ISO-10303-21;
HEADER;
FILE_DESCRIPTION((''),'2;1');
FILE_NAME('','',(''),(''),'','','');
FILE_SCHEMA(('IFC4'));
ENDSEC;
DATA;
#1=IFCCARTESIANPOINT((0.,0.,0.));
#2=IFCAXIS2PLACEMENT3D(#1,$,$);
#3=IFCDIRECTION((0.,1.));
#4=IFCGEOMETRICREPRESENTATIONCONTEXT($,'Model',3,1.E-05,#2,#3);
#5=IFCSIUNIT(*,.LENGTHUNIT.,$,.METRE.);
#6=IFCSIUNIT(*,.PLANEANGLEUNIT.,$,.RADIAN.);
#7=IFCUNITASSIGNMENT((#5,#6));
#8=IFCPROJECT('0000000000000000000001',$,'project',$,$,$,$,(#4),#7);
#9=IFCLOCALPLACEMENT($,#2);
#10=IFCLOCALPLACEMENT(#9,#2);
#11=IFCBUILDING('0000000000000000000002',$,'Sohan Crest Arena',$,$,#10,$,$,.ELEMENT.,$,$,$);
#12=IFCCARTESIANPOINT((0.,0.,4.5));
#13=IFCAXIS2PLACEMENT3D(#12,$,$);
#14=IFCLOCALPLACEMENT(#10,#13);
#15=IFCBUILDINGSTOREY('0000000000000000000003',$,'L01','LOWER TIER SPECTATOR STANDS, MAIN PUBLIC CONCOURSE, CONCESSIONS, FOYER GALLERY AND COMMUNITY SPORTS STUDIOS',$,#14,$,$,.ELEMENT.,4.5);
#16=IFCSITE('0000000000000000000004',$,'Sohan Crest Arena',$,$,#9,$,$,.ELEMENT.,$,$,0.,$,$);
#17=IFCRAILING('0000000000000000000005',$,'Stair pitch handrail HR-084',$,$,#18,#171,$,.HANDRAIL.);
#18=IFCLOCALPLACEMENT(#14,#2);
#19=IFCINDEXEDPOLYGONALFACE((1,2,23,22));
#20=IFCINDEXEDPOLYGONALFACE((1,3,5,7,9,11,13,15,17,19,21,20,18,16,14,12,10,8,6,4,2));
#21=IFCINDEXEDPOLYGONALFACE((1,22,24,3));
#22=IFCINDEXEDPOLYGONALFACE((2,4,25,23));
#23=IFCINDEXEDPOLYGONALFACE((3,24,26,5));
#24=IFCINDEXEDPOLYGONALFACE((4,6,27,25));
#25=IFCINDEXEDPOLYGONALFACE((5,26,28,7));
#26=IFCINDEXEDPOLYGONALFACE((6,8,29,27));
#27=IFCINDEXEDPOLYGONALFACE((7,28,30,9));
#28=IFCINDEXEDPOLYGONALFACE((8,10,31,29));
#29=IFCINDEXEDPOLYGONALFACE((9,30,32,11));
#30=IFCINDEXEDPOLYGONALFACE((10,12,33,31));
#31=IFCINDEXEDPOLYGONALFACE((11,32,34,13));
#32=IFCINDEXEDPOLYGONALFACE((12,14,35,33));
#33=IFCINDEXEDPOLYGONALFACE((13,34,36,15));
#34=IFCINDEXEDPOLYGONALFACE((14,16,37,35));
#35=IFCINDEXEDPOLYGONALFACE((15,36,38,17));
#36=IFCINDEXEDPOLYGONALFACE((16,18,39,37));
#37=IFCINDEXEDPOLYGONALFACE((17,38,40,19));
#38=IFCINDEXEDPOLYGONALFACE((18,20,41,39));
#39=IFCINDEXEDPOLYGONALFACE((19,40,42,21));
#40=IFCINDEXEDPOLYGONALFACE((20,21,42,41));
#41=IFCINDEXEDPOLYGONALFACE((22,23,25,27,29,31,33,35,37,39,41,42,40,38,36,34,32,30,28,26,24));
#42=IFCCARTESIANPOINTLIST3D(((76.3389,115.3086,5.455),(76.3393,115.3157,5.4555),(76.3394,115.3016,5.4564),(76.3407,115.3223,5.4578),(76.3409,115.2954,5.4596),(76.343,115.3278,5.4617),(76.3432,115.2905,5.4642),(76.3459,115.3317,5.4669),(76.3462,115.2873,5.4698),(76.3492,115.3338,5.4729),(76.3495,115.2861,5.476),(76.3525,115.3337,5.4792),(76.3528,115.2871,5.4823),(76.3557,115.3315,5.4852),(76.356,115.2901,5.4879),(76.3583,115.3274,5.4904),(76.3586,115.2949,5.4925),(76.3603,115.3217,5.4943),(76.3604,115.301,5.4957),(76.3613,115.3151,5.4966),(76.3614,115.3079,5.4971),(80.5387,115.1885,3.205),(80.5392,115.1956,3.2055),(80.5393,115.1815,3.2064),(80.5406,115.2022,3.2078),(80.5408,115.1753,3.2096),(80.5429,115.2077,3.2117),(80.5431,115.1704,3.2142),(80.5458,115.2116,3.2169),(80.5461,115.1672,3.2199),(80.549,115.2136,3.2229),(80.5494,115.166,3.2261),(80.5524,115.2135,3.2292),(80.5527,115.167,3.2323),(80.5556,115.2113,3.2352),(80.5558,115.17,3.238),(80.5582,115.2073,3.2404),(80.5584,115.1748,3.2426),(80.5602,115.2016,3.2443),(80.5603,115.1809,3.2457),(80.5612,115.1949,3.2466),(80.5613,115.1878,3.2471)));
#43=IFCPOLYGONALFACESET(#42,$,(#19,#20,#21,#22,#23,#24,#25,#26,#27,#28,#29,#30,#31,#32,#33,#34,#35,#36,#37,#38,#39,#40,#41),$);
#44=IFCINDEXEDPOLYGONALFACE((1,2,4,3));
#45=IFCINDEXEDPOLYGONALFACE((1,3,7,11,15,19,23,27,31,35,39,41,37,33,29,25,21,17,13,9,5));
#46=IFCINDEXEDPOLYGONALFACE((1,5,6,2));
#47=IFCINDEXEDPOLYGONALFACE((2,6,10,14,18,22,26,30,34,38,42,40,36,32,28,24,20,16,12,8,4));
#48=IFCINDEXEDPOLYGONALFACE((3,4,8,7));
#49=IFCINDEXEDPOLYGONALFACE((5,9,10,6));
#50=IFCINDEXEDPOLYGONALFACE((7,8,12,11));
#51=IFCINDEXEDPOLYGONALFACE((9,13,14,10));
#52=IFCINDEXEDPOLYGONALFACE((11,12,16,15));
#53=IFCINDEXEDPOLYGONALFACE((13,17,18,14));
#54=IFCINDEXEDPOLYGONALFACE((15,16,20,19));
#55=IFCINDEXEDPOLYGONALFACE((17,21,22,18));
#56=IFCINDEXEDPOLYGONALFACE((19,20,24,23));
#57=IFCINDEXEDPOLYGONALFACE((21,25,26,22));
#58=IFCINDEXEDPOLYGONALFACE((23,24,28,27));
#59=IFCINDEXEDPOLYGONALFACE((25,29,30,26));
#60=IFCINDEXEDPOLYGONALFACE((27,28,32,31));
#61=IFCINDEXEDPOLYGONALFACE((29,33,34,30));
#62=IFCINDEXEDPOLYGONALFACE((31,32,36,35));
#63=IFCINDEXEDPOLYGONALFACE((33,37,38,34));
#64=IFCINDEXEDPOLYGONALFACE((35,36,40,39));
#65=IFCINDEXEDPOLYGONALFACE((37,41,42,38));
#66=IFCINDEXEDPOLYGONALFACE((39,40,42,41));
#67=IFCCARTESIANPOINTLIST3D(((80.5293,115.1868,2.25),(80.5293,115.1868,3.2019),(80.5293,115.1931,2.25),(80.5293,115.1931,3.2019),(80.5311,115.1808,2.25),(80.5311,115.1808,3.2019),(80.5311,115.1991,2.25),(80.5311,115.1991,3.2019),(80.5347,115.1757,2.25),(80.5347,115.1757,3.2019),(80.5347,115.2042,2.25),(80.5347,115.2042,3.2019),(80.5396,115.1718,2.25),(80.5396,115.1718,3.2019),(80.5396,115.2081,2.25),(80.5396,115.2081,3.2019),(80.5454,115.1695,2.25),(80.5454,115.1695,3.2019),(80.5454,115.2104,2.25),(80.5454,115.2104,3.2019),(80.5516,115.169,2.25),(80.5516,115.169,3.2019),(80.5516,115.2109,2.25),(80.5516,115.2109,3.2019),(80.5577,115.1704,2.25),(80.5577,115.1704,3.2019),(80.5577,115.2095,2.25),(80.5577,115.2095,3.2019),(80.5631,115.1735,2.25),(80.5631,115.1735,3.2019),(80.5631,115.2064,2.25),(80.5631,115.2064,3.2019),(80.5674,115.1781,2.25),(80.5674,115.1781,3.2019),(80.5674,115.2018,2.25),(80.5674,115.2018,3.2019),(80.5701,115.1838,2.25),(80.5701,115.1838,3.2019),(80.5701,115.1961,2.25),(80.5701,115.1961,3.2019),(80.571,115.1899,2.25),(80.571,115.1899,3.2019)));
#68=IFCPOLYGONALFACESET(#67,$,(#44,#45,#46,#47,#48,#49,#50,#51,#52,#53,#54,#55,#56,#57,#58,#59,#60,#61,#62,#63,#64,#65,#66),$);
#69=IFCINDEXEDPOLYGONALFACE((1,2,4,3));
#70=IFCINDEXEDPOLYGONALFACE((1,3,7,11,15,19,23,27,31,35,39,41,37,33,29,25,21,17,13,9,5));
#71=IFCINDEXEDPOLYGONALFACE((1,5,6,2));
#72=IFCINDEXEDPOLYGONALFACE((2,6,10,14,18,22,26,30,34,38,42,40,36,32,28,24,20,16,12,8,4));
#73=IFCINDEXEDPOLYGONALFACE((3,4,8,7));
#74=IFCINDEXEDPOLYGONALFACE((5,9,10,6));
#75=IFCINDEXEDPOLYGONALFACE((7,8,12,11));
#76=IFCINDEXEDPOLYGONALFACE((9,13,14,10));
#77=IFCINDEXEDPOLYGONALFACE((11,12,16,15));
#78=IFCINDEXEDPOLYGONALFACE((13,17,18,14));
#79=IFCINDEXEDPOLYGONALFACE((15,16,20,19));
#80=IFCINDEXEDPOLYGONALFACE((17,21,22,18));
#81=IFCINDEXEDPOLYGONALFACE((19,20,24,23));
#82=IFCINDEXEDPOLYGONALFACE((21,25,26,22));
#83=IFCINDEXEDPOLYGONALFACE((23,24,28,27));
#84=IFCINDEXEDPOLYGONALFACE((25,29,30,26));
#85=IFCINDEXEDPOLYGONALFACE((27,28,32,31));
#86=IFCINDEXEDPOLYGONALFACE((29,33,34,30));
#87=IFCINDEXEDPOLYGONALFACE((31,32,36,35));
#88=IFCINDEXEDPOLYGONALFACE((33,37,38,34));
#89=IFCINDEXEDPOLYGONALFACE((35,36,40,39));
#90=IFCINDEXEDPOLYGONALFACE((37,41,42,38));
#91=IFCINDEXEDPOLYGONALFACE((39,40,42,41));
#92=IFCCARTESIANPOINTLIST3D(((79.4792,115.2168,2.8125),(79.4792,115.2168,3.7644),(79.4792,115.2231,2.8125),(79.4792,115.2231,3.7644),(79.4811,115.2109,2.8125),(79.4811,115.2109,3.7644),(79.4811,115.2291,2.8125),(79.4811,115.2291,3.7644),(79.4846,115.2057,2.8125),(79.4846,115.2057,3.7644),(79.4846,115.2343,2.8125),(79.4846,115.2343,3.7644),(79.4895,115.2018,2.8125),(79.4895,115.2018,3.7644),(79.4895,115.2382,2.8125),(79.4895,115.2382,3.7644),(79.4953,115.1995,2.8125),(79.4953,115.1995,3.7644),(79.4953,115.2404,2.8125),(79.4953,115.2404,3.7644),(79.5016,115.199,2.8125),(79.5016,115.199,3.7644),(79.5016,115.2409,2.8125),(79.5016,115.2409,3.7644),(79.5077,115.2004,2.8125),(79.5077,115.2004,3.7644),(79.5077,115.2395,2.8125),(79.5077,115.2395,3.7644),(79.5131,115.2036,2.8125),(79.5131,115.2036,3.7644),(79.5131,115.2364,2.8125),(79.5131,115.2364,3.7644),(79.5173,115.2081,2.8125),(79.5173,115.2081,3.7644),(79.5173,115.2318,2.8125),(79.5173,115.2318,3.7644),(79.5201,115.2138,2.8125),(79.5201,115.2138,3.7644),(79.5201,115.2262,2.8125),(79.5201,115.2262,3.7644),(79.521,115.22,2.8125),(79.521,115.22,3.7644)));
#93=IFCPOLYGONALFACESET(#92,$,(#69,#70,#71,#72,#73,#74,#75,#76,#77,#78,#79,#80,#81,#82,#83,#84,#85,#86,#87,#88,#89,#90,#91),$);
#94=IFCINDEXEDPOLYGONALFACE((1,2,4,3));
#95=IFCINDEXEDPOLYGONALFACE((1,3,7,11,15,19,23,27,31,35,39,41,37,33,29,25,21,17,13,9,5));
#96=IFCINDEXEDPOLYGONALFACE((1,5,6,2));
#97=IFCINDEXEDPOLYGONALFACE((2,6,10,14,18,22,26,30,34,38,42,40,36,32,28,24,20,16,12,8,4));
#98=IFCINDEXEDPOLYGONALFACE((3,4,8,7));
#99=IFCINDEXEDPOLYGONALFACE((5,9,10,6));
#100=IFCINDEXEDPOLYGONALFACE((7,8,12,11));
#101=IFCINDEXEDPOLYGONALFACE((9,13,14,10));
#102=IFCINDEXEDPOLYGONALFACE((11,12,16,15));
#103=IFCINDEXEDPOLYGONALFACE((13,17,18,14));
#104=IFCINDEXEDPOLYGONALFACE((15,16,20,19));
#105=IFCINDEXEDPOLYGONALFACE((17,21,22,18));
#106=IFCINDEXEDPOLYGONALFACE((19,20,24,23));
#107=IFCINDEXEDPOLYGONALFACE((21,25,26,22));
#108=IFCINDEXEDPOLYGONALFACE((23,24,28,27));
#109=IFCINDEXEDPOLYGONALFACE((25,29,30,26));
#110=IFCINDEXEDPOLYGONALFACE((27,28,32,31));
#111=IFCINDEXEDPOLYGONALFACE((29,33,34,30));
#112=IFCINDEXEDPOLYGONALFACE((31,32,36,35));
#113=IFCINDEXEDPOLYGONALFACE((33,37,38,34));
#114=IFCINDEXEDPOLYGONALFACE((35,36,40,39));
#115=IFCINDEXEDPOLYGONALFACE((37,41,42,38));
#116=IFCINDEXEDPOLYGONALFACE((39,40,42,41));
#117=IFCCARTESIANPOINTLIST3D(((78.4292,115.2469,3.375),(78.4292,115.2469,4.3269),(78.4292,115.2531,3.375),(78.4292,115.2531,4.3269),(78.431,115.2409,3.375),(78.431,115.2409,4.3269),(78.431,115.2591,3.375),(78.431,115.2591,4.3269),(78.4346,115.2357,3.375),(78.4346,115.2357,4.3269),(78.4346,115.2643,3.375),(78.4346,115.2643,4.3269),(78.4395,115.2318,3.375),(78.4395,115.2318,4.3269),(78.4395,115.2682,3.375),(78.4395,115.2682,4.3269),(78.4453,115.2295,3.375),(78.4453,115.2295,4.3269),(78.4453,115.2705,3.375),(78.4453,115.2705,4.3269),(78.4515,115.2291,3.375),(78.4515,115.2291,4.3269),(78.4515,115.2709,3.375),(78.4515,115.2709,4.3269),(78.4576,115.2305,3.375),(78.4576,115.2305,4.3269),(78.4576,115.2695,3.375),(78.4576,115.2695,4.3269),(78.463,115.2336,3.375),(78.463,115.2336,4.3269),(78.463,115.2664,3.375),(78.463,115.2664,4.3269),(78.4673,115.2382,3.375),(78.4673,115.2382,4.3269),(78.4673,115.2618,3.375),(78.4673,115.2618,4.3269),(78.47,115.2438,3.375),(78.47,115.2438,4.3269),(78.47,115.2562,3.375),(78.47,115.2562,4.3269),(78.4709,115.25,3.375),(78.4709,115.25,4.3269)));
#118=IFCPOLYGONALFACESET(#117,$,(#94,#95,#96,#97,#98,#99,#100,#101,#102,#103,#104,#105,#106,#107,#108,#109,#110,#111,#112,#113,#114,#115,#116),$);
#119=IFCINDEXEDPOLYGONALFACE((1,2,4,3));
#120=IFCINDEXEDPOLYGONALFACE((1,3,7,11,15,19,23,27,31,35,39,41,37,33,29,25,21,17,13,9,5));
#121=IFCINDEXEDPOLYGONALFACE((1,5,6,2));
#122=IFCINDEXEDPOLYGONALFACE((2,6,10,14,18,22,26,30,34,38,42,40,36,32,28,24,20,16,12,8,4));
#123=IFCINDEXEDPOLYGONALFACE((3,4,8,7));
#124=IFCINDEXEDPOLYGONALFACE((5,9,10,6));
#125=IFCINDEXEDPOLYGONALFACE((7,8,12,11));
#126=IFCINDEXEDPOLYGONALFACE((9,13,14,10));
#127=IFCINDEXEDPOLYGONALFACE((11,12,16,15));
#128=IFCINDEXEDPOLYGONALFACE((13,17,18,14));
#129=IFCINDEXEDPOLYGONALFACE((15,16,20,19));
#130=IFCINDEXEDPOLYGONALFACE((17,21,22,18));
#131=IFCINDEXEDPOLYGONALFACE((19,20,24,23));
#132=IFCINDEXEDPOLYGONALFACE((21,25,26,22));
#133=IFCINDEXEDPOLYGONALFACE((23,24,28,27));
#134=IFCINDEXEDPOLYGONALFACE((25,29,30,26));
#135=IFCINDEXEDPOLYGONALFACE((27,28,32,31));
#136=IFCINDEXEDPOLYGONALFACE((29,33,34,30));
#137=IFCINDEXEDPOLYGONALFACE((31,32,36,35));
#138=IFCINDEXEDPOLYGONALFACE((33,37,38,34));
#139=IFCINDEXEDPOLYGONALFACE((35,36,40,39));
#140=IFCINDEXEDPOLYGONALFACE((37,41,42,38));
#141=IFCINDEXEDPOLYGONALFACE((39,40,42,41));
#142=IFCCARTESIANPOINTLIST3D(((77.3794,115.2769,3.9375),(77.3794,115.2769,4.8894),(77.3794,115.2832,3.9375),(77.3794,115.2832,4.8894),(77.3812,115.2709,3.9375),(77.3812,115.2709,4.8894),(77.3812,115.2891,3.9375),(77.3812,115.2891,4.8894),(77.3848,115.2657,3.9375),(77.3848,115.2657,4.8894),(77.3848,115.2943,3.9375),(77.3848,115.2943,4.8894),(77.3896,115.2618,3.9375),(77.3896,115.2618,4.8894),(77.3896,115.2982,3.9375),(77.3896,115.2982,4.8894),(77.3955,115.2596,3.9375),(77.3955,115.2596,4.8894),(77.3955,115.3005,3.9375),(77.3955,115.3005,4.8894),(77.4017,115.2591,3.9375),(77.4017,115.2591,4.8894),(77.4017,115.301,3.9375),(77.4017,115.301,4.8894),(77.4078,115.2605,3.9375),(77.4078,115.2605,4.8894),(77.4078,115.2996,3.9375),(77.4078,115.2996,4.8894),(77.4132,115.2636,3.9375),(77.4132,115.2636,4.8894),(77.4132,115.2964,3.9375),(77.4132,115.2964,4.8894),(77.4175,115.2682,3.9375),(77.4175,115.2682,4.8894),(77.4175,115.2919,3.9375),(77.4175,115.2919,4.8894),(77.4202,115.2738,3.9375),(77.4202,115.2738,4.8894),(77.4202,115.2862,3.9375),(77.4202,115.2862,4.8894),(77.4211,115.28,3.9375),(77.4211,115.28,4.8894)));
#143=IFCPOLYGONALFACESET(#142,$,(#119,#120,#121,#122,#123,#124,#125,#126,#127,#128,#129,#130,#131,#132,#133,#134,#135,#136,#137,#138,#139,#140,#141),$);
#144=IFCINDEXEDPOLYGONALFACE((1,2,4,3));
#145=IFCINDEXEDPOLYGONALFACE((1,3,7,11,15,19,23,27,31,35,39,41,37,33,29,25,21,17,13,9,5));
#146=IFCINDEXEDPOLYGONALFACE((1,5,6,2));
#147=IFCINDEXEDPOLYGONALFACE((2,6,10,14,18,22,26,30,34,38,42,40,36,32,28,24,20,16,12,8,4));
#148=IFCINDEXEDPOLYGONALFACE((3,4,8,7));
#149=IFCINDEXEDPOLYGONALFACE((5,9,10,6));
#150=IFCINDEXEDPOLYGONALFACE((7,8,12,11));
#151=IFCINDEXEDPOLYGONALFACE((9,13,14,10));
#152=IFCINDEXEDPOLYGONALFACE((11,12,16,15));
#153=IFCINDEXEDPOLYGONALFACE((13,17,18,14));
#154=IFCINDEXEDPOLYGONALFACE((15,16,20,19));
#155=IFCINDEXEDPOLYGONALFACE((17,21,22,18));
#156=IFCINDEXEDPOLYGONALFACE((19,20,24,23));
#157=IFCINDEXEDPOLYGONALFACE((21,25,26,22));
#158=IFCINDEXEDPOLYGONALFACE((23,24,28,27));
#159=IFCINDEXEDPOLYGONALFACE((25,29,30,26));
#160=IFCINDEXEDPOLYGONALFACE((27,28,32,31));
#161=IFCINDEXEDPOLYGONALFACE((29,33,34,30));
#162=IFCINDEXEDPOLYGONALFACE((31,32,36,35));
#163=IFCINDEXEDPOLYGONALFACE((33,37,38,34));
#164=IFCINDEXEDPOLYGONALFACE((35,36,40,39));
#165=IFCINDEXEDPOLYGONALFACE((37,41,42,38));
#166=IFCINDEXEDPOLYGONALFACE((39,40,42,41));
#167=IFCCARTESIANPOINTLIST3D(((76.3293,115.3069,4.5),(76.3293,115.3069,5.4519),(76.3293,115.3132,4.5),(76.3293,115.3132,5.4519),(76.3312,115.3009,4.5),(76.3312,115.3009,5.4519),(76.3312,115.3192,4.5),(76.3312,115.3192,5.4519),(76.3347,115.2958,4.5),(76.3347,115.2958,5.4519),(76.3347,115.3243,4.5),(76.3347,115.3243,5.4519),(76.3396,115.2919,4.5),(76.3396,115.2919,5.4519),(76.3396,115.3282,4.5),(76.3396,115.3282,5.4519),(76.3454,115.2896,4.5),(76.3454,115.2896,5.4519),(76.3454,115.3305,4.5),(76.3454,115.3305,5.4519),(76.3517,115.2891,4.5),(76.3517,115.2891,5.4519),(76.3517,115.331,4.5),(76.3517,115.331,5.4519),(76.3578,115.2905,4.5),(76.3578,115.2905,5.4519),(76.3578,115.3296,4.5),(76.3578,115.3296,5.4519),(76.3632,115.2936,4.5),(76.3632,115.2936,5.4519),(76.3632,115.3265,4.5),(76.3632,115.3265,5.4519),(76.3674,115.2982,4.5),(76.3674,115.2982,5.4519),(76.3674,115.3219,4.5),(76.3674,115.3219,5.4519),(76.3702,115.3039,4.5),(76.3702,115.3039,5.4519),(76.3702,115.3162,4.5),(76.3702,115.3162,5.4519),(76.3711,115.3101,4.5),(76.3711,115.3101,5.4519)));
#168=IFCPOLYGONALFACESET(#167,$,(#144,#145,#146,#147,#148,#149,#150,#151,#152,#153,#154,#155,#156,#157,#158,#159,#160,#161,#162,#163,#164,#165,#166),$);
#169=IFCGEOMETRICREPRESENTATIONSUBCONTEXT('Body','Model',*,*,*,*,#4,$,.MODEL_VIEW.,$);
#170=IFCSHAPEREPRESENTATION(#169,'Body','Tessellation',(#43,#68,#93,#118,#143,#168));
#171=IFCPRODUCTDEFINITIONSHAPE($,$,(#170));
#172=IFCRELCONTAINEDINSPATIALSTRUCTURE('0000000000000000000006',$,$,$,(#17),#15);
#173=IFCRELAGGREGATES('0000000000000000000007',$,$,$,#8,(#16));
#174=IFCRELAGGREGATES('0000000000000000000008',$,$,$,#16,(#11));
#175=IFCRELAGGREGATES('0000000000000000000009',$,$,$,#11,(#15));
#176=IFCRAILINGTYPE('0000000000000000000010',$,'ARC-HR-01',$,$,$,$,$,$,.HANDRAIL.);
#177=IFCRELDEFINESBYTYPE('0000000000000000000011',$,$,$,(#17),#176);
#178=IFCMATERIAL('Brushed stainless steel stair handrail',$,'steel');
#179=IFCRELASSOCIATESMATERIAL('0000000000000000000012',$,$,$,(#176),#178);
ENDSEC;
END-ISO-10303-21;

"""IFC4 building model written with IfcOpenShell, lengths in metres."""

from ifc_helpers import new_model, si_unit, direction, frame, origin, origin_2d, place, context, subcontext, project, spatial, circle, extrude, material, type_object, element, save


model = new_model("IFC4")

# Units and contexts
model_context = context("Model", 3, precision=1e-05, world=origin(), true_north=direction((0.0, 1.0)))
body_context = subcontext(model_context, "Body", "Model", "MODEL_VIEW")
ifc_project = project(units=[si_unit("LENGTHUNIT", "METRE"), si_unit("PLANEANGLEUNIT", "RADIAN")], contexts=[model_context])

# Site, building, storey
site_placement = place(None, origin())
site = spatial("IfcSite", under=ifc_project, at=site_placement, Name="Sohan Crest Arena", CompositionType="ELEMENT", RefElevation=0.0)
building_placement = place(site_placement, origin())
building = spatial("IfcBuilding", under=site, at=building_placement, Name="Sohan Crest Arena", CompositionType="ELEMENT")
storey_placement = place(building_placement, frame((0.0, 0.0, 4.5)))
storey = spatial("IfcBuildingStorey", under=building, at=storey_placement, Name="L01", Description="LOWER TIER SPECTATOR STANDS, MAIN PUBLIC CONCOURSE, CONCESSIONS, FOYER GALLERY AND COMMUNITY SPORTS STUDIOS", CompositionType="ELEMENT", Elevation=4.5)

# Railing
ifc_material_1 = material(Name="Brushed stainless steel stair handrail", Category="steel")
railing_type_1 = type_object("IfcRailingType", Name="ARC-HR-01", PredefinedType="HANDRAIL", material=ifc_material_1)
railing_1_placement = place(storey_placement, frame((80.55, 115.1899, 2.25)))
element("IfcRailing", 1, at=railing_1_placement, inside=storey, type_object=railing_type_1, Name="Stair pitch handrail HR-084", PredefinedType="HANDRAIL", context=body_context, shape_type="SweptSolid", body=[
    extrude(circle(Radius=0.0239, at=origin_2d()), frame((0.0, 0.0, 0.9761), z_axis=(-0.881198, 0.025202, 0.472076), x_axis=(-0.028588, -0.999591, 0.0)), (0.0, 0.0, 1.0), 4.7661),
    extrude(circle(Radius=0.021, at=origin_2d()), origin(), (0.0, 0.0, 1.0), 0.9519),
    extrude(circle(Radius=0.021, at=origin_2d()), frame((-1.05, 0.03, 0.5625)), (0.0, 0.0, 1.0), 0.9519),
    extrude(circle(Radius=0.021, at=origin_2d()), frame((-2.1001, 0.0601, 1.125)), (0.0, 0.0, 1.0), 0.9519),
    extrude(circle(Radius=0.021, at=origin_2d()), frame((-3.1499, 0.0901, 1.6875)), (0.0, 0.0, 1.0), 0.9519),
    extrude(circle(Radius=0.021, at=origin_2d()), frame((-4.2, 0.1201, 2.25)), (0.0, 0.0, 1.0), 0.9519),
])

save(model, "model.ifc")
